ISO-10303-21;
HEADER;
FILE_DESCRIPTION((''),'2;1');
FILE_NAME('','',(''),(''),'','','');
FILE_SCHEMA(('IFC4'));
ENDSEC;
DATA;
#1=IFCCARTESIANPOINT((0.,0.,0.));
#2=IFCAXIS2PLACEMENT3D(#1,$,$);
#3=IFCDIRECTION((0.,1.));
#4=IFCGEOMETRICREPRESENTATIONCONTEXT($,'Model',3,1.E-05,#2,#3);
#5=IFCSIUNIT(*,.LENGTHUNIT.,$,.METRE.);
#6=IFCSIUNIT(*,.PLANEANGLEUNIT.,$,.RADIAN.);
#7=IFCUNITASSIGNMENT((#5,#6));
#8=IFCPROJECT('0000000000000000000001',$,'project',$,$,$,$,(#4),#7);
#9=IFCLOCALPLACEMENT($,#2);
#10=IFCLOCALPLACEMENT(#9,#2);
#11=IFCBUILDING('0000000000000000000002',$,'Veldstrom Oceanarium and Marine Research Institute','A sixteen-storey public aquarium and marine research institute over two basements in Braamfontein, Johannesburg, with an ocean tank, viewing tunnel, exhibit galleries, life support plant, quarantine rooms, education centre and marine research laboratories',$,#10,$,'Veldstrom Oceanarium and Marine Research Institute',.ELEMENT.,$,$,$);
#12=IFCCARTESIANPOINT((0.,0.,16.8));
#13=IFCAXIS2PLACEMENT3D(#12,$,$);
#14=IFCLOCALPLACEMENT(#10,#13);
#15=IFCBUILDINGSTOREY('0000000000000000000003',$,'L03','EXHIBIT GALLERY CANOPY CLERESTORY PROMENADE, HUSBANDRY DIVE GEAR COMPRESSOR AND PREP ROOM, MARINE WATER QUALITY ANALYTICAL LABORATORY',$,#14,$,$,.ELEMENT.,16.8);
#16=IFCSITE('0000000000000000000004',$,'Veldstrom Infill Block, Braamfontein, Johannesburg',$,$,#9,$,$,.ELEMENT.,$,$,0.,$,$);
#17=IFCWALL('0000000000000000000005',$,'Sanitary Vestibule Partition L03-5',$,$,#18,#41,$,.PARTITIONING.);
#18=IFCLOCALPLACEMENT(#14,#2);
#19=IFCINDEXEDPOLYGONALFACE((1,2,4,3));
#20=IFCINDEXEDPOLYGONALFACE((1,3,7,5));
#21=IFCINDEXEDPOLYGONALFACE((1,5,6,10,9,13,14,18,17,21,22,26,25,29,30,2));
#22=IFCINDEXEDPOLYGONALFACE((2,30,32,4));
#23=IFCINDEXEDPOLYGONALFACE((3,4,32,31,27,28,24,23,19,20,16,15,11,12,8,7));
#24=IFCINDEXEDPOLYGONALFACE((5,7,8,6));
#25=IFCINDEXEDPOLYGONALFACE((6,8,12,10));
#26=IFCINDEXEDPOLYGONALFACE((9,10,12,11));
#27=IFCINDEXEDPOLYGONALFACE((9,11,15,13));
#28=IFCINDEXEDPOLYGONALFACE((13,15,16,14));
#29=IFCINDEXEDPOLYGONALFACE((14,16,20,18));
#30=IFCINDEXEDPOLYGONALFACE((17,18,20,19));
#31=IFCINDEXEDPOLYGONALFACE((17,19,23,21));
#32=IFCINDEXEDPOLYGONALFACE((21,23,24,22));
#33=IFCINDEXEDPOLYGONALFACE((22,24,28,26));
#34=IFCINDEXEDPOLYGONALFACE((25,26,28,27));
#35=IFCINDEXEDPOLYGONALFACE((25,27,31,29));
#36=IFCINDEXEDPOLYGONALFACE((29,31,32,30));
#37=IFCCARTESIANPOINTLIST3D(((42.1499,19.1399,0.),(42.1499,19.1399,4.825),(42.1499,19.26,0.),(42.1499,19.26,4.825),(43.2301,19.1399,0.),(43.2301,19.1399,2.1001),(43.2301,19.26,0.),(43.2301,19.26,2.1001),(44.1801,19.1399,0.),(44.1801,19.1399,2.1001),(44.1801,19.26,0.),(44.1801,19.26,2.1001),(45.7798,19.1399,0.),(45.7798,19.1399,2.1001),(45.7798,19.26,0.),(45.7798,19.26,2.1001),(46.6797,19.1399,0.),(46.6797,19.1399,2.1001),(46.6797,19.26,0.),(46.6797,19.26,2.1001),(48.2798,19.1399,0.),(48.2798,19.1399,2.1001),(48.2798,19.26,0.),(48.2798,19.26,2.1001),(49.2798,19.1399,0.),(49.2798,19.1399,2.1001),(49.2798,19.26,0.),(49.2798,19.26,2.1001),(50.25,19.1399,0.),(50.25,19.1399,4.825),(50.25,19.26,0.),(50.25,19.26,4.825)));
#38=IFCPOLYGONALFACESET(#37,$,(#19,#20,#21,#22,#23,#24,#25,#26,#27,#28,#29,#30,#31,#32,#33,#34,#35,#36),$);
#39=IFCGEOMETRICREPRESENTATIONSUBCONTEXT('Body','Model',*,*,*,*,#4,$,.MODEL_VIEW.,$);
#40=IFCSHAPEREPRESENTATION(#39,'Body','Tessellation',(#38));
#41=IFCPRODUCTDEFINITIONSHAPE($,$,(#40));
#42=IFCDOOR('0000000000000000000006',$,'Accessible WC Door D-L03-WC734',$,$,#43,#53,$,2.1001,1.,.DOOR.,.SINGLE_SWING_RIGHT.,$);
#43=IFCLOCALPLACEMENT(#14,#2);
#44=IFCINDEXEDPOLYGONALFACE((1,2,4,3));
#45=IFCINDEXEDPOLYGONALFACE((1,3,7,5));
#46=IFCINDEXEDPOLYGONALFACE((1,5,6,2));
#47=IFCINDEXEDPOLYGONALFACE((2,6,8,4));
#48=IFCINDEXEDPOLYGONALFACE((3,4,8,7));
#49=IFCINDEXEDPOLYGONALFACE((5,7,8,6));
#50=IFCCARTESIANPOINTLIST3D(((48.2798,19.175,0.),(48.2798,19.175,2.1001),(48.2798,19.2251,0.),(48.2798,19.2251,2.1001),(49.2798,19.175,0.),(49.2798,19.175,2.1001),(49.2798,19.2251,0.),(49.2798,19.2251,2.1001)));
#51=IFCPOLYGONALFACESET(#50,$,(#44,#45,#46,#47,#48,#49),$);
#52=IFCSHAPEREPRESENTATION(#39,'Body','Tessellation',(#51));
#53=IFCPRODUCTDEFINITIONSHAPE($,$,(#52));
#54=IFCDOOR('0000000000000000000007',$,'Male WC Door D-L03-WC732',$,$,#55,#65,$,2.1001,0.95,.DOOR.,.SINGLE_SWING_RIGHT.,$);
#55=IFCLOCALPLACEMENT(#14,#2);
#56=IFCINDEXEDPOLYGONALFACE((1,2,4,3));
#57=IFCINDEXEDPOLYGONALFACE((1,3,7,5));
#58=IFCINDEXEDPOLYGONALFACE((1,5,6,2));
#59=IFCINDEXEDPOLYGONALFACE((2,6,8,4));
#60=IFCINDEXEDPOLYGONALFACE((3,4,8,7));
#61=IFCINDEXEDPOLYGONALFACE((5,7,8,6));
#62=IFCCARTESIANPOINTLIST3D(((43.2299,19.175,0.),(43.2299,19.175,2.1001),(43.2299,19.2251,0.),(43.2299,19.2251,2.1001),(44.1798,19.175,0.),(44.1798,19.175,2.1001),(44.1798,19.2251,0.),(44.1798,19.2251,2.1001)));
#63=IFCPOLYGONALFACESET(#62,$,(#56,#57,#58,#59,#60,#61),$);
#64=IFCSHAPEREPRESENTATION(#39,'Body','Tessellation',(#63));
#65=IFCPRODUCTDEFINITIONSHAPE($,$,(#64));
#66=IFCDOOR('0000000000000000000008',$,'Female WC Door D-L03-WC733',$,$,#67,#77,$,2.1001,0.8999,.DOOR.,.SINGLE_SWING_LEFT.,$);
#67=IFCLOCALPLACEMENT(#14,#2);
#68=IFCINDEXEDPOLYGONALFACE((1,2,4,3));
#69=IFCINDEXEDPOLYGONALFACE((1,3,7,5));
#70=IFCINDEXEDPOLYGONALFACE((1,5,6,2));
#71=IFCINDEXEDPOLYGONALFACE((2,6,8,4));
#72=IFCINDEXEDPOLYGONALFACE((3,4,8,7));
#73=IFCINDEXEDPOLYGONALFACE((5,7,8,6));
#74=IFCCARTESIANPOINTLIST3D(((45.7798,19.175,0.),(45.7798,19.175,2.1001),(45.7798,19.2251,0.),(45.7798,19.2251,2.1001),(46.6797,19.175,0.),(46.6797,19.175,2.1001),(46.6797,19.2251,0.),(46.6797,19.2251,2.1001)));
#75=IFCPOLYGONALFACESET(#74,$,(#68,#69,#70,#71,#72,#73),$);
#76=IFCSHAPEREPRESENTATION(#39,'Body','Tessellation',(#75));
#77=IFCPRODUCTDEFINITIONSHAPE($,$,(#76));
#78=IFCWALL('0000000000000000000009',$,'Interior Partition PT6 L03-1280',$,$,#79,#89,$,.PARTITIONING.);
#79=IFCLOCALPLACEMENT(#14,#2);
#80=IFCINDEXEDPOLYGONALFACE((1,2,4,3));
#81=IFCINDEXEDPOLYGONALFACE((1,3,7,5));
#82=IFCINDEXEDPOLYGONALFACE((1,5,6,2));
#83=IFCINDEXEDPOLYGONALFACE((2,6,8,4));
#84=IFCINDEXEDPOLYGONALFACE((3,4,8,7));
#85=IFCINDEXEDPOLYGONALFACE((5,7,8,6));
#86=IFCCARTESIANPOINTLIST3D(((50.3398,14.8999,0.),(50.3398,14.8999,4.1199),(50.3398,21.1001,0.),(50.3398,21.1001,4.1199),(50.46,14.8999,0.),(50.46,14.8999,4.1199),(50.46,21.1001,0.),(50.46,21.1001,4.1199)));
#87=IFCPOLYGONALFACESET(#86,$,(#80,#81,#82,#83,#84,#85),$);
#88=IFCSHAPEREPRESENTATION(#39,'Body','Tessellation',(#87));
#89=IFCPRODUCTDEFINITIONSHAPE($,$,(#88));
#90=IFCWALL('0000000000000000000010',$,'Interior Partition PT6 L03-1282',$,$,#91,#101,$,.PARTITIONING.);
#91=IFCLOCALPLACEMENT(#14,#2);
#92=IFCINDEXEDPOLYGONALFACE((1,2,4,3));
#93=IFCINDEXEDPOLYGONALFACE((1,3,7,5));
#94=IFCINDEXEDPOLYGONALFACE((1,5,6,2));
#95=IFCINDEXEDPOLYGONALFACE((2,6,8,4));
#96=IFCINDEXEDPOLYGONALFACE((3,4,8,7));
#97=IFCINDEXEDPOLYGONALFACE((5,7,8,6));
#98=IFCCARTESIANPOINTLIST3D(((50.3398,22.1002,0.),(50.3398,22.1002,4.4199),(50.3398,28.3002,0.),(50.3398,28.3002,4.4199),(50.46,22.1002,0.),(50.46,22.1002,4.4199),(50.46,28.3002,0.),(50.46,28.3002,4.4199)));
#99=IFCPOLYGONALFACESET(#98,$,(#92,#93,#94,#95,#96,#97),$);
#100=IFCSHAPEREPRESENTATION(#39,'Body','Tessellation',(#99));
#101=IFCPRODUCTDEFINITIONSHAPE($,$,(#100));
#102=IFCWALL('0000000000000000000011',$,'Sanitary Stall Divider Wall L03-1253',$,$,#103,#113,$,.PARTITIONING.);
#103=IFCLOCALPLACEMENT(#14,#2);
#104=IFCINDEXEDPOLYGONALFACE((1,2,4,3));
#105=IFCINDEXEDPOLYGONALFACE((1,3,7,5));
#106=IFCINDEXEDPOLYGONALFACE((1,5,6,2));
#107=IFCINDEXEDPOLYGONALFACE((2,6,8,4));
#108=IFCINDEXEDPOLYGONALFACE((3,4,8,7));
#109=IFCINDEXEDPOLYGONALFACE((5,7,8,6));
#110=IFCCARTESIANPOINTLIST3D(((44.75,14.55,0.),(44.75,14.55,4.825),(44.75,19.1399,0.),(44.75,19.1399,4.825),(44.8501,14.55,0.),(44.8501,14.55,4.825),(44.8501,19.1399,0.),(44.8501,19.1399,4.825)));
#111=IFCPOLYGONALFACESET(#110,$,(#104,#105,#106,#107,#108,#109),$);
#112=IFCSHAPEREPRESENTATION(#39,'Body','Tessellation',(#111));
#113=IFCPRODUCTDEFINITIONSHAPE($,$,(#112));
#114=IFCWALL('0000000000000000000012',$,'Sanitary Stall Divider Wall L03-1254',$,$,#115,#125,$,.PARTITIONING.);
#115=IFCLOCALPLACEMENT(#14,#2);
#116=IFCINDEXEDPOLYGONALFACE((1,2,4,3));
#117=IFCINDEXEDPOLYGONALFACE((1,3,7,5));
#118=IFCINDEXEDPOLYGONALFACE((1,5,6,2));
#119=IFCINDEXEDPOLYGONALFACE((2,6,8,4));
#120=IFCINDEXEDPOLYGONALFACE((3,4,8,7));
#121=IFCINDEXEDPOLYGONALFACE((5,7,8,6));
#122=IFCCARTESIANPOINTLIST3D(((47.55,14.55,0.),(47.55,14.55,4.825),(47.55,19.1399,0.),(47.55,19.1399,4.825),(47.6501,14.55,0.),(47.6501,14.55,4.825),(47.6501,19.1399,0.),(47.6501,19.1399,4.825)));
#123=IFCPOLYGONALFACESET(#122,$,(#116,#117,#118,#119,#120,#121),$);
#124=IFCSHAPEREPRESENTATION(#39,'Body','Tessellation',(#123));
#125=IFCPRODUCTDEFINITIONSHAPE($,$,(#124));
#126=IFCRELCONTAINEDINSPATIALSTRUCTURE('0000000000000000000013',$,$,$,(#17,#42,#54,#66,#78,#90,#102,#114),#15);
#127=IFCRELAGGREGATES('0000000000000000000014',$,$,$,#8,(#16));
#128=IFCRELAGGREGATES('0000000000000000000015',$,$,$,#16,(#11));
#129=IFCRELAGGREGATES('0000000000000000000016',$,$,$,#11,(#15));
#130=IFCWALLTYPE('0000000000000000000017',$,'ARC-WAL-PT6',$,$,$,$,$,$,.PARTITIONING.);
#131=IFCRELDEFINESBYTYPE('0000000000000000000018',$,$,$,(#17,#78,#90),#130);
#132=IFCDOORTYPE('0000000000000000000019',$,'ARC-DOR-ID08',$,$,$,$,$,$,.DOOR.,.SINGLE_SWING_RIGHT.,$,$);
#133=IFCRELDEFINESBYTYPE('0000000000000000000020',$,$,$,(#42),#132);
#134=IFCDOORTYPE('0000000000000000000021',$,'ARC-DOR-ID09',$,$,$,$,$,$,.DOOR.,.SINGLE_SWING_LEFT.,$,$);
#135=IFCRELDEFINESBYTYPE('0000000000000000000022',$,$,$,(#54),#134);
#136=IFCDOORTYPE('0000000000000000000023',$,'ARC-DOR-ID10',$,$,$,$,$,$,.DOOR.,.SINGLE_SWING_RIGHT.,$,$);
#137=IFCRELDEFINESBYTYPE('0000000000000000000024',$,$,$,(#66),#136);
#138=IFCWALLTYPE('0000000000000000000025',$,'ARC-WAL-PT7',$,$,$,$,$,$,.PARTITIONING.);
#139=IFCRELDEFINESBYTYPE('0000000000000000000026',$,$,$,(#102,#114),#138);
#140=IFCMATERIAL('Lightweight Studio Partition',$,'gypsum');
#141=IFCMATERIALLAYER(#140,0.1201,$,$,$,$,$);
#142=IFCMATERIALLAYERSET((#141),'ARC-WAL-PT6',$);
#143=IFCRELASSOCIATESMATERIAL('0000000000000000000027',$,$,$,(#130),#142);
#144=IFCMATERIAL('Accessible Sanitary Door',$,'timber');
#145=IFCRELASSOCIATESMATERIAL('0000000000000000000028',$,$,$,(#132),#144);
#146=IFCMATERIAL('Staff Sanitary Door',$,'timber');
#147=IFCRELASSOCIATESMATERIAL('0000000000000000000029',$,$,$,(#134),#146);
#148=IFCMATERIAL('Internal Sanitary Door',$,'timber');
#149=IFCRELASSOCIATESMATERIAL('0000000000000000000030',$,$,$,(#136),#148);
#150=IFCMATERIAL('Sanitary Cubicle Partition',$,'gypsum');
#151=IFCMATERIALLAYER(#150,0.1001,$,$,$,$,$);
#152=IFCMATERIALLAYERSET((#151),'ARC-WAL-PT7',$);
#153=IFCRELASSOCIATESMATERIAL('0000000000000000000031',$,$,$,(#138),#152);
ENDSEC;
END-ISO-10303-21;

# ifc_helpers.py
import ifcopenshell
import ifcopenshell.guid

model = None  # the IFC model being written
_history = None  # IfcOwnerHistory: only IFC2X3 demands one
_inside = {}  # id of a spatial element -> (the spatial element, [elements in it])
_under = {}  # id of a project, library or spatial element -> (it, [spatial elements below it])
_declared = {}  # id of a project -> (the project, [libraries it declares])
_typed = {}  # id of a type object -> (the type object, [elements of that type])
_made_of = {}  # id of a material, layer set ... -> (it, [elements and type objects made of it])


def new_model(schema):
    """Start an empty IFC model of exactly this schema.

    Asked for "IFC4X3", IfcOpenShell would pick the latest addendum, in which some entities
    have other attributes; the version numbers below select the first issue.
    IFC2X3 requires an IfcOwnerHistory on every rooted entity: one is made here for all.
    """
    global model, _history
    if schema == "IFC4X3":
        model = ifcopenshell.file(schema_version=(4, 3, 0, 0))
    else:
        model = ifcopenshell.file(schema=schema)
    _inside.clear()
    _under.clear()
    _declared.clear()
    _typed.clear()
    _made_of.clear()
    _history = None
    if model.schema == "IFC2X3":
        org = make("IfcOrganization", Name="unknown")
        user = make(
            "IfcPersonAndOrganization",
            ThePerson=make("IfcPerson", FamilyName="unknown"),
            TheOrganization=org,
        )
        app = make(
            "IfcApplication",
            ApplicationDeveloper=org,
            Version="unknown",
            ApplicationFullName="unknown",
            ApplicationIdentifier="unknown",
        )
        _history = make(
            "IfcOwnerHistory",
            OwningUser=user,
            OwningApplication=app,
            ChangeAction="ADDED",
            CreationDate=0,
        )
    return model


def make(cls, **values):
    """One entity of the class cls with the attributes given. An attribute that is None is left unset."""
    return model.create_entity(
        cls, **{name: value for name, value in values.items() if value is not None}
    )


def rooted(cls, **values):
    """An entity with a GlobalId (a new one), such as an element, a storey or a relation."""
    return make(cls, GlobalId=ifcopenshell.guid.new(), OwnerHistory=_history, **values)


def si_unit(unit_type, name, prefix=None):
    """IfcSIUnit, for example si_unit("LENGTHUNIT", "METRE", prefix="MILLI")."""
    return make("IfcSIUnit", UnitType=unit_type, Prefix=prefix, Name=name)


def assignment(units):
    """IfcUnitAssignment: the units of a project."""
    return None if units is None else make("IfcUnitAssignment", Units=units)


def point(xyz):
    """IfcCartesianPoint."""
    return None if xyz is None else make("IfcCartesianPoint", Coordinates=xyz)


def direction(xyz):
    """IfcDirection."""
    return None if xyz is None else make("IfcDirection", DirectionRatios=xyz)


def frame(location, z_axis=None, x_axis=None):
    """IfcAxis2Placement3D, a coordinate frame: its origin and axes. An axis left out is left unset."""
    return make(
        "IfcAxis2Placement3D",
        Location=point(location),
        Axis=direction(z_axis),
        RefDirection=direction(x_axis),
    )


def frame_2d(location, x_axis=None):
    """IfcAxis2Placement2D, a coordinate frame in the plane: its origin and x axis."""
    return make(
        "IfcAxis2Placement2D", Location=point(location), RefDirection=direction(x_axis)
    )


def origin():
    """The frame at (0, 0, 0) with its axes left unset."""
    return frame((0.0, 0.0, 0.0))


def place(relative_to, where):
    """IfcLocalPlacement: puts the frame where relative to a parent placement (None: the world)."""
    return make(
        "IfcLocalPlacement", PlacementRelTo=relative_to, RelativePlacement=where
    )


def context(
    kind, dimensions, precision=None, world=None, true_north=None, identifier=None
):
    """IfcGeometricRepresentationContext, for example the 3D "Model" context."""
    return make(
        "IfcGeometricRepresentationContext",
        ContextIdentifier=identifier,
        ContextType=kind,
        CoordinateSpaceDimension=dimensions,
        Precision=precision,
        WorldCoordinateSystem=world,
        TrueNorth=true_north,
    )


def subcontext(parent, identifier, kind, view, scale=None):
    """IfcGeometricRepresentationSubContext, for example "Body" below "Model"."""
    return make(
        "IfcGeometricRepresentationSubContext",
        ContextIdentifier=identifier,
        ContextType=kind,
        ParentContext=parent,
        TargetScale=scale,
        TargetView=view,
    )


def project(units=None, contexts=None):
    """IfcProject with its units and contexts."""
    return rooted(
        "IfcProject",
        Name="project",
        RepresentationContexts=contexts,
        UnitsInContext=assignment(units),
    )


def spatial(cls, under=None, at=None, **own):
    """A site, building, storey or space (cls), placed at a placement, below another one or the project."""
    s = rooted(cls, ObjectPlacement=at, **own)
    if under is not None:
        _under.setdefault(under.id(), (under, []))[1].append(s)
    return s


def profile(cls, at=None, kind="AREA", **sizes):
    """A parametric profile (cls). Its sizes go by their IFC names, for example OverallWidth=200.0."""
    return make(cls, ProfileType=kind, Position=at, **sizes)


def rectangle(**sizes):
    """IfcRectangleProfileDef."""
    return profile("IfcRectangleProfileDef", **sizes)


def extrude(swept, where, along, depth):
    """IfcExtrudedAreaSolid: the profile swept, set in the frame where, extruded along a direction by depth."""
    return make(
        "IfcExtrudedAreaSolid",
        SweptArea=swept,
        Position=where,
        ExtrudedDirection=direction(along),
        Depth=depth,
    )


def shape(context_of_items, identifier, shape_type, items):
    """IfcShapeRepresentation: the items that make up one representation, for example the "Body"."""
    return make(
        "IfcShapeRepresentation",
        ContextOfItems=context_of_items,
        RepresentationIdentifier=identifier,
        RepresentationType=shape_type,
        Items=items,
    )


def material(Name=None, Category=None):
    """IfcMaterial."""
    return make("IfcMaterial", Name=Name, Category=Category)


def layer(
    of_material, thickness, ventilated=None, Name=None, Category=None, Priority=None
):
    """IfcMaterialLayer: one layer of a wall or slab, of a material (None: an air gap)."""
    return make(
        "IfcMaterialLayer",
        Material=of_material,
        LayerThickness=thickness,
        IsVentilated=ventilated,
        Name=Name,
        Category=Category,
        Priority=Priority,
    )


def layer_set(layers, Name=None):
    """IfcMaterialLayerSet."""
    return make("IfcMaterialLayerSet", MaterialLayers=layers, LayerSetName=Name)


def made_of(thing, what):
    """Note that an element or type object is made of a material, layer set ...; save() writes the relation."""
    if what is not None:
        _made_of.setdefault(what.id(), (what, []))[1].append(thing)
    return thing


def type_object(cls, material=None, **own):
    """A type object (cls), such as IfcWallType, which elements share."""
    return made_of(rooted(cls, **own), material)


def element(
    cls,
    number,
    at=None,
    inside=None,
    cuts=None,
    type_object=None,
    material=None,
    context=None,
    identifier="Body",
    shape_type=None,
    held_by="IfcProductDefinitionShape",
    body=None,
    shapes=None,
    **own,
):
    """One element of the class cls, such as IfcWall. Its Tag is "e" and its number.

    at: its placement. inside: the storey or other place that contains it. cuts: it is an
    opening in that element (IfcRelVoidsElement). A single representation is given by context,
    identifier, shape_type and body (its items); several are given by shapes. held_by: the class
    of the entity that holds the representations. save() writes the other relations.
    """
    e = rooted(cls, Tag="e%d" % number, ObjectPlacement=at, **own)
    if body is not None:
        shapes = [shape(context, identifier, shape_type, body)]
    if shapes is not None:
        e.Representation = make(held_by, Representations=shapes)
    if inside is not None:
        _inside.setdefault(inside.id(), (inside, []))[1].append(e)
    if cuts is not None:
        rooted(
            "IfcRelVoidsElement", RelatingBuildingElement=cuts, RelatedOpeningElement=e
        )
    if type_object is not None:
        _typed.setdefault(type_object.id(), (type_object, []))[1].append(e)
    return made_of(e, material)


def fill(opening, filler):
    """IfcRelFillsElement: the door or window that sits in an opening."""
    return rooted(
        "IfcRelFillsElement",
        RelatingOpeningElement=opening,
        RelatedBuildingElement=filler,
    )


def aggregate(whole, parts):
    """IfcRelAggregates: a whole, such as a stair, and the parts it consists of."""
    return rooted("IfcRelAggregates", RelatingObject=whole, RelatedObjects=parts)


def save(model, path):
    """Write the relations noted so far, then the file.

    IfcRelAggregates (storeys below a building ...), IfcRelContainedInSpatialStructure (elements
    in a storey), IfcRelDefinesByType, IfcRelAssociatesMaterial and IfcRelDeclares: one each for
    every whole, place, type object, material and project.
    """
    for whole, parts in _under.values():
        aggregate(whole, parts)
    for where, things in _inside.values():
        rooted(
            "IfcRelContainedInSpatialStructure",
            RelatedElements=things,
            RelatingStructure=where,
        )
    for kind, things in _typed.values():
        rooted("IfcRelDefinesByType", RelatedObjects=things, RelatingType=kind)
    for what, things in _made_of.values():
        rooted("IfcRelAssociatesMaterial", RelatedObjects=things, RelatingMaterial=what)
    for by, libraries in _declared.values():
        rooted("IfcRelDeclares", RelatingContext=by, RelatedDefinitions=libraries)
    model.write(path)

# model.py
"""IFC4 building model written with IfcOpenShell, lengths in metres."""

from ifc_helpers import new_model, si_unit, direction, frame, frame_2d, origin, place, context, subcontext, project, spatial, rectangle, extrude, material, layer, layer_set, type_object, element, fill, save


model = new_model("IFC4")

# Units and contexts
model_context = context("Model", 3, precision=1e-05, world=origin(), true_north=direction((0.0, 1.0)))
body_context = subcontext(model_context, "Body", "Model", "MODEL_VIEW")
ifc_project = project(units=[si_unit("LENGTHUNIT", "METRE"), si_unit("PLANEANGLEUNIT", "RADIAN")], contexts=[model_context])

# Site, building, storey
site_placement = place(None, origin())
site = spatial("IfcSite", under=ifc_project, at=site_placement, Name="Veldstrom Infill Block, Braamfontein, Johannesburg", CompositionType="ELEMENT", RefElevation=0.0)
building_placement = place(site_placement, origin())
building = spatial("IfcBuilding", under=site, at=building_placement, Name="Veldstrom Oceanarium and Marine Research Institute", Description="A sixteen-storey public aquarium and marine research institute over two basements in Braamfontein, Johannesburg, with an ocean tank, viewing tunnel, exhibit galleries, life support plant, quarantine rooms, education centre and marine research laboratories", LongName="Veldstrom Oceanarium and Marine Research Institute", CompositionType="ELEMENT")
storey_placement = place(building_placement, frame((0.0, 0.0, 16.8)))
storey = spatial("IfcBuildingStorey", under=building, at=storey_placement, Name="L03", Description="EXHIBIT GALLERY CANOPY CLERESTORY PROMENADE, HUSBANDRY DIVE GEAR COMPRESSOR AND PREP ROOM, MARINE WATER QUALITY ANALYTICAL LABORATORY", CompositionType="ELEMENT", Elevation=16.8)

# Wall, openings, doors
ifc_material_1 = material(Name="Lightweight Studio Partition", Category="gypsum")
ifc_layer_1 = layer(ifc_material_1, 0.1201)
ifc_layer_set_1 = layer_set([ifc_layer_1], Name="ARC-WAL-PT6")
wall_type_1 = type_object("IfcWallType", Name="ARC-WAL-PT6", PredefinedType="PARTITIONING", material=ifc_layer_set_1)
wall_1_placement = place(storey_placement, frame((42.1499, 19.2, 0.0), z_axis=(0.0, 0.0, 1.0), x_axis=(1.0, 0.0, 0.0)))
wall_1 = element("IfcWall", 1, at=wall_1_placement, inside=storey, type_object=wall_type_1, Name="Sanitary Vestibule Partition L03-5", PredefinedType="PARTITIONING", context=body_context, shape_type="SweptSolid", body=[
    extrude(rectangle(XDim=8.1001, YDim=0.1201, at=frame_2d((4.05, 0.0))), origin(), (0.0, 0.0, 1.0), 4.825),
])
opening_1_placement = place(wall_1_placement, frame((1.0801, 0.0, 0.0)))
opening_1 = element("IfcOpeningElement", 2, at=opening_1_placement, cuts=wall_1, PredefinedType="OPENING", context=body_context, shape_type="SweptSolid", body=[
    extrude(rectangle(XDim=0.95, YDim=2.1001, at=frame_2d((0.4751, 1.05))), frame((0.0, 0.0701, 0.0), z_axis=(0.0, -1.0, 0.0), x_axis=(1.0, 0.0, 0.0)), (0.0, 0.0, 1.0), 0.1401),
])
opening_2_placement = place(wall_1_placement, frame((3.6299, 0.0, 0.0)))
opening_2 = element("IfcOpeningElement", 3, at=opening_2_placement, cuts=wall_1, PredefinedType="OPENING", context=body_context, shape_type="SweptSolid", body=[
    extrude(rectangle(XDim=0.8999, YDim=2.1001, at=frame_2d((0.45, 1.05))), frame((0.0, 0.0701, 0.0), z_axis=(0.0, -1.0, 0.0), x_axis=(1.0, 0.0, 0.0)), (0.0, 0.0, 1.0), 0.1401),
])
opening_3_placement = place(wall_1_placement, frame((6.1299, 0.0, 0.0)))
opening_3 = element("IfcOpeningElement", 4, at=opening_3_placement, cuts=wall_1, PredefinedType="OPENING", context=body_context, shape_type="SweptSolid", body=[
    extrude(rectangle(XDim=1.0, YDim=2.1001, at=frame_2d((0.5, 1.05))), frame((0.0, 0.0701, 0.0), z_axis=(0.0, -1.0, 0.0), x_axis=(1.0, 0.0, 0.0)), (0.0, 0.0, 1.0), 0.1401),
])
ifc_material_2 = material(Name="Accessible Sanitary Door", Category="timber")
door_type_1 = type_object("IfcDoorType", Name="ARC-DOR-ID08", OperationType="SINGLE_SWING_RIGHT", PredefinedType="DOOR", material=ifc_material_2)
door_1_placement = place(opening_3_placement, frame((1.0, 0.0, 0.0), z_axis=(0.0, 0.0, 1.0), x_axis=(-1.0, 0.0, 0.0)))
door_1 = element("IfcDoor", 5, at=door_1_placement, inside=storey, type_object=door_type_1, Name="Accessible WC Door D-L03-WC734", OperationType="SINGLE_SWING_RIGHT", OverallHeight=2.1001, OverallWidth=1.0, PredefinedType="DOOR", context=body_context, shape_type="SweptSolid", body=[
    extrude(rectangle(XDim=1.0, YDim=2.1001, at=frame_2d((0.5, 1.05))), frame((0.0, 0.0249, 0.0), z_axis=(0.0, -1.0, 0.0), x_axis=(1.0, 0.0, 0.0)), (0.0, 0.0, 1.0), 0.05),
])
fill(opening_3, door_1)
ifc_material_3 = material(Name="Staff Sanitary Door", Category="timber")
door_type_2 = type_object("IfcDoorType", Name="ARC-DOR-ID09", OperationType="SINGLE_SWING_LEFT", PredefinedType="DOOR", material=ifc_material_3)
door_2_placement = place(opening_1_placement, frame((0.95, 0.0, 0.0), z_axis=(0.0, 0.0, 1.0), x_axis=(-1.0, 0.0, 0.0)))
door_2 = element("IfcDoor", 6, at=door_2_placement, inside=storey, type_object=door_type_2, Name="Male WC Door D-L03-WC732", OperationType="SINGLE_SWING_RIGHT", OverallHeight=2.1001, OverallWidth=0.95, PredefinedType="DOOR", context=body_context, shape_type="SweptSolid", body=[
    extrude(rectangle(XDim=0.95, YDim=2.1001, at=frame_2d((0.4751, 1.05))), frame((0.0, 0.0249, 0.0), z_axis=(0.0, -1.0, 0.0), x_axis=(1.0, 0.0, 0.0)), (0.0, 0.0, 1.0), 0.05),
])
fill(opening_1, door_2)
ifc_material_4 = material(Name="Internal Sanitary Door", Category="timber")
door_type_3 = type_object("IfcDoorType", Name="ARC-DOR-ID10", OperationType="SINGLE_SWING_RIGHT", PredefinedType="DOOR", material=ifc_material_4)
door_3_placement = place(opening_2_placement, frame((0.8999, 0.0, 0.0), z_axis=(0.0, 0.0, 1.0), x_axis=(-1.0, 0.0, 0.0)))
door_3 = element("IfcDoor", 7, at=door_3_placement, inside=storey, type_object=door_type_3, Name="Female WC Door D-L03-WC733", OperationType="SINGLE_SWING_LEFT", OverallHeight=2.1001, OverallWidth=0.8999, PredefinedType="DOOR", context=body_context, shape_type="SweptSolid", body=[
    extrude(rectangle(XDim=0.8999, YDim=2.1001, at=frame_2d((0.45, 1.05))), frame((0.0, 0.0249, 0.0), z_axis=(0.0, -1.0, 0.0), x_axis=(1.0, 0.0, 0.0)), (0.0, 0.0, 1.0), 0.05),
])
fill(opening_2, door_3)

# Walls
wall_2_placement = place(storey_placement, frame((50.3999, 14.8999, 0.0), z_axis=(0.0, 0.0, 1.0), x_axis=(0.0, 1.0, 0.0)))
element("IfcWall", 8, at=wall_2_placement, inside=storey, type_object=wall_type_1, Name="Interior Partition PT6 L03-1280", PredefinedType="PARTITIONING", context=body_context, shape_type="SweptSolid", body=[
    extrude(rectangle(XDim=6.2002, YDim=0.1201, at=frame_2d((3.1001, 0.0))), origin(), (0.0, 0.0, 1.0), 4.1199),
])
wall_3_placement = place(storey_placement, frame((50.3999, 22.1001, 0.0), z_axis=(0.0, 0.0, 1.0), x_axis=(0.0, 1.0, 0.0)))
element("IfcWall", 9, at=wall_3_placement, inside=storey, type_object=wall_type_1, Name="Interior Partition PT6 L03-1282", PredefinedType="PARTITIONING", context=body_context, shape_type="SweptSolid", body=[
    extrude(rectangle(XDim=6.2, YDim=0.1201, at=frame_2d((3.1001, 0.0))), origin(), (0.0, 0.0, 1.0), 4.4199),
])
ifc_material_5 = material(Name="Sanitary Cubicle Partition", Category="gypsum")
ifc_layer_2 = layer(ifc_material_5, 0.1001)
ifc_layer_set_2 = layer_set([ifc_layer_2], Name="ARC-WAL-PT7")
wall_type_2 = type_object("IfcWallType", Name="ARC-WAL-PT7", PredefinedType="PARTITIONING", material=ifc_layer_set_2)
for number, where, z_axis, x_axis, name in (
    (10, (44.8, 14.55, 0.0), (0.0, 0.0, 1.0), (0.0, 1.0, 0.0), "Sanitary Stall Divider Wall L03-1253"),
    (11, (47.6001, 14.55, 0.0), (0.0, 0.0, 1.0), (0.0, 1.0, 0.0), "Sanitary Stall Divider Wall L03-1254"),
):
    element("IfcWall", number, at=place(storey_placement, frame(where, z_axis=z_axis, x_axis=x_axis)), inside=storey, type_object=wall_type_2, Name=name, PredefinedType="PARTITIONING", context=body_context, shape_type="SweptSolid", body=[
        extrude(rectangle(XDim=4.5898, YDim=0.1001, at=frame_2d((2.2949, 0.0))), origin(), (0.0, 0.0, 1.0), 4.825),
    ])

save(model, "model.ifc")
